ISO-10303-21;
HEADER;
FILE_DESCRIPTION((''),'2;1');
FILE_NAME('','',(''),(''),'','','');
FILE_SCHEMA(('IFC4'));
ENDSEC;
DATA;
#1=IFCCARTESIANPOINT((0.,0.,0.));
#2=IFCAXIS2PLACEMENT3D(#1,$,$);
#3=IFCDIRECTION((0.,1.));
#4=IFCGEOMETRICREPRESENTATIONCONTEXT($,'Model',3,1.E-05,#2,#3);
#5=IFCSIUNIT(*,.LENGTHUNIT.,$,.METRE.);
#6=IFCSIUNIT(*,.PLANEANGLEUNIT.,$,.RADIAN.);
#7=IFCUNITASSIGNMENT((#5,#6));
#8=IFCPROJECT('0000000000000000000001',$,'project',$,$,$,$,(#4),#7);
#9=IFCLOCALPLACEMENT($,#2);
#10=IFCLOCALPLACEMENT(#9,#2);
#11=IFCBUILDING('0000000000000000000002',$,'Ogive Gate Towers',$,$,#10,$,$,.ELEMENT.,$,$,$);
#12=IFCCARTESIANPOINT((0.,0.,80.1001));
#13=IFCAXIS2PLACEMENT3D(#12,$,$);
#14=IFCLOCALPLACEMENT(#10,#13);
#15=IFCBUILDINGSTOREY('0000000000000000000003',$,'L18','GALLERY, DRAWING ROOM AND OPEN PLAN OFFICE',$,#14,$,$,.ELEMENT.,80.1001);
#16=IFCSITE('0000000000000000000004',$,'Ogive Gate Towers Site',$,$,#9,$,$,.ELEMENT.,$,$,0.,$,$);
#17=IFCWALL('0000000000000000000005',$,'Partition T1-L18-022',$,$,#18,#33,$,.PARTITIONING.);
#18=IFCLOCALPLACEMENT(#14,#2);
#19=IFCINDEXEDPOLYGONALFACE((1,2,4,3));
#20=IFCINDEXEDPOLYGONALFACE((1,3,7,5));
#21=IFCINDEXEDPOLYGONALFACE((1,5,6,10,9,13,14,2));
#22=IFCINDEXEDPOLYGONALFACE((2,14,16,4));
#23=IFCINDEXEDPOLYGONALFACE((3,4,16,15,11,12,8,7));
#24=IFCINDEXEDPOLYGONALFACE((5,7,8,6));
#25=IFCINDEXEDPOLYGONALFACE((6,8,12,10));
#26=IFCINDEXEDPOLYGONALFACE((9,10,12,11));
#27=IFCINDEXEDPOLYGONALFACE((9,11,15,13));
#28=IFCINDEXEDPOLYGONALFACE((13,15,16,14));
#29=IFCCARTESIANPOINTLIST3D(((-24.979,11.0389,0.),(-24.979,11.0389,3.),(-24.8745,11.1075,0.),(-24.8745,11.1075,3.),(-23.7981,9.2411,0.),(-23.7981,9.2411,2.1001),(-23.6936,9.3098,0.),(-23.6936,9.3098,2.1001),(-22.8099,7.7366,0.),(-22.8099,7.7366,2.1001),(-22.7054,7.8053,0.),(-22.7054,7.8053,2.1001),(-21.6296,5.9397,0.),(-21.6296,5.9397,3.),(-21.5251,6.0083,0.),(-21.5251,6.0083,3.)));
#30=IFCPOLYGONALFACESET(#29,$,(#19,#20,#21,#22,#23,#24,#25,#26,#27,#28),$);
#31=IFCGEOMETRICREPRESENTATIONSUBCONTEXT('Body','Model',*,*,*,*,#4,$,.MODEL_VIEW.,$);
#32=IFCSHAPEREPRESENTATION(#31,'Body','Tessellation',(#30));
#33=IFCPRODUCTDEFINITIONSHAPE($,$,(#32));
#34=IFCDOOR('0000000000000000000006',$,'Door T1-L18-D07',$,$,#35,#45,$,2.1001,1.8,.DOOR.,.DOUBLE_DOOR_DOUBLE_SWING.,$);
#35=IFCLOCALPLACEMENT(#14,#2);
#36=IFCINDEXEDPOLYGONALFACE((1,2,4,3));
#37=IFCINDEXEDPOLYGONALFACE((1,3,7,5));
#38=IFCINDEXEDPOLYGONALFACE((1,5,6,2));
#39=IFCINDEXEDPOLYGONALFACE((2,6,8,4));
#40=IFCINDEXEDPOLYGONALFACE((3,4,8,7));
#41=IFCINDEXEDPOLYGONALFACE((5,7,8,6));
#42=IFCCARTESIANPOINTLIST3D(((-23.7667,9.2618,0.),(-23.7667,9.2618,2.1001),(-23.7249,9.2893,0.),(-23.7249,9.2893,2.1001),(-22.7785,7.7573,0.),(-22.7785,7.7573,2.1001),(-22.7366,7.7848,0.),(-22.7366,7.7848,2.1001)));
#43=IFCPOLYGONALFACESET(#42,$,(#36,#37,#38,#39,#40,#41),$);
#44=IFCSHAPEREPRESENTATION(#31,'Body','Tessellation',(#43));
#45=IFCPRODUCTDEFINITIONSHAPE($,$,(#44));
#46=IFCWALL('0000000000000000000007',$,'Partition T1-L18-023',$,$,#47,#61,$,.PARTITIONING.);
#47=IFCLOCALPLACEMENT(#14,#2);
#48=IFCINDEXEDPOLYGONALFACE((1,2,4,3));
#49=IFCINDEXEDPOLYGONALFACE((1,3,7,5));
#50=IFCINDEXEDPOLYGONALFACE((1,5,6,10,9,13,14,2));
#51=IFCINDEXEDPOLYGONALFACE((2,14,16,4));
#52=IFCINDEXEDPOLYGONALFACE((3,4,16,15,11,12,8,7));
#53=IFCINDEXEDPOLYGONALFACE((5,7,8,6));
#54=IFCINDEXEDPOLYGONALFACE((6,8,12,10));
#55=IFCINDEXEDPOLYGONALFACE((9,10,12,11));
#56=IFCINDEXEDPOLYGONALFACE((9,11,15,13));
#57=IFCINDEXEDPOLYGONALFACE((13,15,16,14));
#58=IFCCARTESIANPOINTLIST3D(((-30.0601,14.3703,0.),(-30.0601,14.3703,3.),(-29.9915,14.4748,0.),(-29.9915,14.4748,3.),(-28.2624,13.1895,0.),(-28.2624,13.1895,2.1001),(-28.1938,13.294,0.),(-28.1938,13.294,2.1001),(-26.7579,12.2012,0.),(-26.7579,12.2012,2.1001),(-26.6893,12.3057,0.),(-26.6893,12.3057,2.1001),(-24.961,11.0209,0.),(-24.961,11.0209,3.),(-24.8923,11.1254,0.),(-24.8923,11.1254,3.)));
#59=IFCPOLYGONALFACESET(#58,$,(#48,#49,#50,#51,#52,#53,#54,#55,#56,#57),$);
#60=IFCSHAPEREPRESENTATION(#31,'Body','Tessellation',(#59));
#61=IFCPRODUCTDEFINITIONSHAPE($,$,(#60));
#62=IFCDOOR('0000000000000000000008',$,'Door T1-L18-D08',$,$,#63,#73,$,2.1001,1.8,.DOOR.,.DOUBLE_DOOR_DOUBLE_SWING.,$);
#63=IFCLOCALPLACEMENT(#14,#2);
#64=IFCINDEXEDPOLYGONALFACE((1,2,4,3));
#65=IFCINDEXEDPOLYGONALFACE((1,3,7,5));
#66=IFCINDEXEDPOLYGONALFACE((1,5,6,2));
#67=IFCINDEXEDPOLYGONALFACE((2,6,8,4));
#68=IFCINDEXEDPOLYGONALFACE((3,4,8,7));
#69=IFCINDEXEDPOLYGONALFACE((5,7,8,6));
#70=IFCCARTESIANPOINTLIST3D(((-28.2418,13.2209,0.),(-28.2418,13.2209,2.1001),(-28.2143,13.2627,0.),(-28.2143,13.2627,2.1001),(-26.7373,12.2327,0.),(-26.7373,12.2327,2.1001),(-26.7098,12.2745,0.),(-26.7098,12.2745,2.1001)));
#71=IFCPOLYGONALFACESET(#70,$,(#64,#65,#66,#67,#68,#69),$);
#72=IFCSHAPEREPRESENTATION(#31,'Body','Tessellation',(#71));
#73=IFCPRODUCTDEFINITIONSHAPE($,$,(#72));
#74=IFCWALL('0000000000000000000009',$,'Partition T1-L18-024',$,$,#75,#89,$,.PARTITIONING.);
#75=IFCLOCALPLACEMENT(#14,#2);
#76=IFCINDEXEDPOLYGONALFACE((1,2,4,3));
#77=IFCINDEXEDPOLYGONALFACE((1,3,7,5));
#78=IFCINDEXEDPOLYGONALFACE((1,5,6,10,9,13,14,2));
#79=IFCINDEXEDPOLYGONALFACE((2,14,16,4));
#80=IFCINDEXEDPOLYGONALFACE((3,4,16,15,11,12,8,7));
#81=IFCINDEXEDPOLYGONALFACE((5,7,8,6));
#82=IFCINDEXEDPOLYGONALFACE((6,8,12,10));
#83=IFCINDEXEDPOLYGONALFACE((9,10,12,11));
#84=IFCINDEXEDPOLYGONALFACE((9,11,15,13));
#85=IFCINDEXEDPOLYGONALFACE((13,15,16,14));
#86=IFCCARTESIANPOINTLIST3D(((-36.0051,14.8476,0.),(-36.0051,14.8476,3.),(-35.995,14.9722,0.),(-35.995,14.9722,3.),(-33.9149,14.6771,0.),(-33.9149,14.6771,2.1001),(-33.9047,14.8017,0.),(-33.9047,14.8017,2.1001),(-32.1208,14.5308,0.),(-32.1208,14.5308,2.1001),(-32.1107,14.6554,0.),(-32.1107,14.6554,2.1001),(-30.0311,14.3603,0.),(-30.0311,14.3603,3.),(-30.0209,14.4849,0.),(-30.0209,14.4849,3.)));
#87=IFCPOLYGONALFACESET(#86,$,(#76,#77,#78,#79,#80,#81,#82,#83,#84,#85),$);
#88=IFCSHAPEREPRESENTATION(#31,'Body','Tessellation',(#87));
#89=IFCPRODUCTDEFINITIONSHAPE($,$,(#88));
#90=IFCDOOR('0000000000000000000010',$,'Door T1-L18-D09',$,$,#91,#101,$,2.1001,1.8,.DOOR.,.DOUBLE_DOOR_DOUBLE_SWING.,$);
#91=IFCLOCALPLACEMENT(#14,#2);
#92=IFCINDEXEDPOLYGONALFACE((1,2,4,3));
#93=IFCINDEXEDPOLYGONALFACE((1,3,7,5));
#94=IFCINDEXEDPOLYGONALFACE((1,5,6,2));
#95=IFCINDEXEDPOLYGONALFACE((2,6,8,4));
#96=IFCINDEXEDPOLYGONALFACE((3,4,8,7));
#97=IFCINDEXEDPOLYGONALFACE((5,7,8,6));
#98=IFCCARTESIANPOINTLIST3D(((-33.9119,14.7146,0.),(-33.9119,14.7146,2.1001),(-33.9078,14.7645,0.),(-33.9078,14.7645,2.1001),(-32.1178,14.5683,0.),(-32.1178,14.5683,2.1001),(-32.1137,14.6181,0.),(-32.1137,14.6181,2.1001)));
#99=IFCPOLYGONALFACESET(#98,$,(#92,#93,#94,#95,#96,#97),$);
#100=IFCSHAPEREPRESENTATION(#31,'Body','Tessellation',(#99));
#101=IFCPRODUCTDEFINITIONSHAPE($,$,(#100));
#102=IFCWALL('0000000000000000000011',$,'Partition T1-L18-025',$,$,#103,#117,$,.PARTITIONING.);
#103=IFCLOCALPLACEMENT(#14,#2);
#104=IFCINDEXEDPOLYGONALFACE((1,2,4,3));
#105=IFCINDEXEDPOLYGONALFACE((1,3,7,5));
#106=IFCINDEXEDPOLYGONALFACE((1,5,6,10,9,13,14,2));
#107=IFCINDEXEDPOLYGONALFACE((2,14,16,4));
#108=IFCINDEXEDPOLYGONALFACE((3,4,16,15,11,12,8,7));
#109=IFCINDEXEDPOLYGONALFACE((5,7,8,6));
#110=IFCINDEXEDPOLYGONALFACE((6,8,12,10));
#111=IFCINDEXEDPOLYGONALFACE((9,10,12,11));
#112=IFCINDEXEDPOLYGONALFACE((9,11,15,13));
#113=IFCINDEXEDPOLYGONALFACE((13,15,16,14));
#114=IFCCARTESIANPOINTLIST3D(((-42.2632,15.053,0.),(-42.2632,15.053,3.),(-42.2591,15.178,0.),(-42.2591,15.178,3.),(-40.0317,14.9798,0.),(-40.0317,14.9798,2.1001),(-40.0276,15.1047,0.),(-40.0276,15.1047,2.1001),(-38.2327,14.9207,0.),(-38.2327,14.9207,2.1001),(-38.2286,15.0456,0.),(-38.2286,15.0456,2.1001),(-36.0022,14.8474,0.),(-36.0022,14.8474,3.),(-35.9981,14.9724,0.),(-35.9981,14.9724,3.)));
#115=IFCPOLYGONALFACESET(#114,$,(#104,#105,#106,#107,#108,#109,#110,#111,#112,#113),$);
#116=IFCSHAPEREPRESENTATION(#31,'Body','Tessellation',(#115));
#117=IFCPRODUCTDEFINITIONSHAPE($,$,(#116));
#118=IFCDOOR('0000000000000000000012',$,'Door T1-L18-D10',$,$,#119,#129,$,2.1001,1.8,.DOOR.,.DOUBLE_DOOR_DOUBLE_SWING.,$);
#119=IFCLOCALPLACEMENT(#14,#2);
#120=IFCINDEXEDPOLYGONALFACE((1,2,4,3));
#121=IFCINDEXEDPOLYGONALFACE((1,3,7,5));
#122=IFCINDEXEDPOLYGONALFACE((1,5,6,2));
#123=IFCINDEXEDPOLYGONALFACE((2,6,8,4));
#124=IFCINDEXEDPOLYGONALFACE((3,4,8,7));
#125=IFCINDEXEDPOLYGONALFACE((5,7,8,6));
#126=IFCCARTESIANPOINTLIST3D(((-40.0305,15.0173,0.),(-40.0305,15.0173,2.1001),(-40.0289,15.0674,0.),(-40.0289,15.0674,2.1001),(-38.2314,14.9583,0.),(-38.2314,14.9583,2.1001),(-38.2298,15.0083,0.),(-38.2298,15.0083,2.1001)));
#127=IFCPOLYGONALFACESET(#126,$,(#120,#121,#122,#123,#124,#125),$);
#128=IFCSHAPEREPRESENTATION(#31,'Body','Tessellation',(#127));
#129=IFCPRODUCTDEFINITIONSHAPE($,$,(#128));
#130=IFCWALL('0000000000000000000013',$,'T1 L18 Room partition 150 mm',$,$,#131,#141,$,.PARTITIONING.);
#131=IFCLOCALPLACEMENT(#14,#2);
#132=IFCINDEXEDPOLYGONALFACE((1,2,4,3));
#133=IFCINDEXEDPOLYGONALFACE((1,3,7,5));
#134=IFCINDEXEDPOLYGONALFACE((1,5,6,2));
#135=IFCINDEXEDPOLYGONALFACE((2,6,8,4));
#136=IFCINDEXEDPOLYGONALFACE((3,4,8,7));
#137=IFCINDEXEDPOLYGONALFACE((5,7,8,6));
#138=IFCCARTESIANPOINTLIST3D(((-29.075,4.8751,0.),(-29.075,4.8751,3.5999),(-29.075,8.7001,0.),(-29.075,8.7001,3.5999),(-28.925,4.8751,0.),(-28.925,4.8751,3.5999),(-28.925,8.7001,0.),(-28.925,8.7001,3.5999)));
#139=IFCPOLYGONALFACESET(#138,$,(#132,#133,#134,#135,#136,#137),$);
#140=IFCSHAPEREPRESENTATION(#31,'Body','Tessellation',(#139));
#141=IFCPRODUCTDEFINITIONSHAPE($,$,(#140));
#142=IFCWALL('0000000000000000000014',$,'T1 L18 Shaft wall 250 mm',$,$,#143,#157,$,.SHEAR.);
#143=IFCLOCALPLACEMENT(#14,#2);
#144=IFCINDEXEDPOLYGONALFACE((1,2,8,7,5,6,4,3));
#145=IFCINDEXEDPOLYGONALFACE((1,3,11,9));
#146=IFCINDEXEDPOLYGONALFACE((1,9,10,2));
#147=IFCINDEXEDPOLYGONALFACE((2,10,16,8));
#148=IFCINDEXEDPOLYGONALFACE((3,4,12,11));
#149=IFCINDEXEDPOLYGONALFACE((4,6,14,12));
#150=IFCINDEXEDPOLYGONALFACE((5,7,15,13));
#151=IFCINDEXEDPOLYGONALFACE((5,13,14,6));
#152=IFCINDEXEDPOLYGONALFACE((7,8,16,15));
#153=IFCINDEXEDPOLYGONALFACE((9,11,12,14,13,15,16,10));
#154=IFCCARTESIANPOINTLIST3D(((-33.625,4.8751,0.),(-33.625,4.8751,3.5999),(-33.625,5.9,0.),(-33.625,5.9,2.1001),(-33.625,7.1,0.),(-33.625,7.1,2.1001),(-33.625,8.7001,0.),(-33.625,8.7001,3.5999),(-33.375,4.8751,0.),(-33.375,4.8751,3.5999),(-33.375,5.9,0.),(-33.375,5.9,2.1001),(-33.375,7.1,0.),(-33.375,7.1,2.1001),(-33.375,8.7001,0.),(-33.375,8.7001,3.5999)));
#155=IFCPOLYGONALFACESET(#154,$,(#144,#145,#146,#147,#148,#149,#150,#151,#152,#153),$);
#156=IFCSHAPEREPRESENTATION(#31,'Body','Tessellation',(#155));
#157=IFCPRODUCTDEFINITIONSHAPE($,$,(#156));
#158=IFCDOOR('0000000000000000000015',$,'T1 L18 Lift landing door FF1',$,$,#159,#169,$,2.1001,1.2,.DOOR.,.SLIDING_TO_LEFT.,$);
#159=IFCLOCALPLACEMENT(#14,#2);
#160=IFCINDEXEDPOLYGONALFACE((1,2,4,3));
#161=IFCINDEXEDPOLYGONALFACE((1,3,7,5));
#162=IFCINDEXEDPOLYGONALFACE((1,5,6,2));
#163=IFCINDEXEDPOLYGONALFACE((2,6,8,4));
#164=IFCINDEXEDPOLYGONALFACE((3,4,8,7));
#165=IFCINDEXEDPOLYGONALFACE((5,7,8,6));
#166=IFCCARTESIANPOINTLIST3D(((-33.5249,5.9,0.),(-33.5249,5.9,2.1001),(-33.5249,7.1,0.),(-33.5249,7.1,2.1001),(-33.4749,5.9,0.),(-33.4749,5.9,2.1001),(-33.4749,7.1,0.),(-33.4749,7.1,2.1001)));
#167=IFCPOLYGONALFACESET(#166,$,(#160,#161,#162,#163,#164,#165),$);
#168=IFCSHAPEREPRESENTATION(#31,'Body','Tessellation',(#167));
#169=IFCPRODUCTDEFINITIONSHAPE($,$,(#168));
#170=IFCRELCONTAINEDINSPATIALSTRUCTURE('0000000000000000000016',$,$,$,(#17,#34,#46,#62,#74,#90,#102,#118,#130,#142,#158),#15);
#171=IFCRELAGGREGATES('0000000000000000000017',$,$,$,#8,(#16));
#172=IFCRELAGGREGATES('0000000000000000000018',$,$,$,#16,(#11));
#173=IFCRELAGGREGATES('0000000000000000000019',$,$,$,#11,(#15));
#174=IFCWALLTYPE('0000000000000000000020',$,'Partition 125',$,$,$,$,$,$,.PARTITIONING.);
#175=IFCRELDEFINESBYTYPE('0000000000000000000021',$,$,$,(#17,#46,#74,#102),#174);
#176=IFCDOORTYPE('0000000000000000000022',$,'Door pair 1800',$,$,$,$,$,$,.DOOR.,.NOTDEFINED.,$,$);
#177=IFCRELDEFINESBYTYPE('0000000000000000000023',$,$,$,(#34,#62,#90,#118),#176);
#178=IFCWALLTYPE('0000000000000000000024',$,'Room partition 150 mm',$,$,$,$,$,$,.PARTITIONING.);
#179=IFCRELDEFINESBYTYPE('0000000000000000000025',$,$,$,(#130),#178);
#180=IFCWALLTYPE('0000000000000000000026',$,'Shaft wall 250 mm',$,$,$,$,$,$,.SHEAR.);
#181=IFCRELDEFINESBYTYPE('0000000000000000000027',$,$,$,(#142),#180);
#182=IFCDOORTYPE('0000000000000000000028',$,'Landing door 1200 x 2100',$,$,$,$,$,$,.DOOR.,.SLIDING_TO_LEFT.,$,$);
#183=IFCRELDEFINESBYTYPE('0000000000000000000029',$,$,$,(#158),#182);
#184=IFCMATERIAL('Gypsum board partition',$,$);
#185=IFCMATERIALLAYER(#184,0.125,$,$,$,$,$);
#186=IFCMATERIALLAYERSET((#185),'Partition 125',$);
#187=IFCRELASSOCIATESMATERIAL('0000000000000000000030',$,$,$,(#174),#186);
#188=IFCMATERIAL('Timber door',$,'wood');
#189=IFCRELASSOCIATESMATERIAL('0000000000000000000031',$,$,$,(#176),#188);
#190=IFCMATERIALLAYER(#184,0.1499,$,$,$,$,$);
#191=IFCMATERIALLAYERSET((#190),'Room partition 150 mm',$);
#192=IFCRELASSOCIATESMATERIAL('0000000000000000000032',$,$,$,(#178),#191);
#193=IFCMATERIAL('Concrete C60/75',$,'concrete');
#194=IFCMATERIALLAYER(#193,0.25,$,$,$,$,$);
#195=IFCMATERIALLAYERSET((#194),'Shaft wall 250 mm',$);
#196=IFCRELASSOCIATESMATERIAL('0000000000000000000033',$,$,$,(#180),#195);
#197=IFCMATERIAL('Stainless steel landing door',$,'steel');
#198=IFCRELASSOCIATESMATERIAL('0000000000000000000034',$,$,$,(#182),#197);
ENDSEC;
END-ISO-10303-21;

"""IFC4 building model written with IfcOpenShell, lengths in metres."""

from ifc_helpers import new_model, si_unit, direction, frame, frame_2d, origin, place, context, subcontext, project, spatial, rectangle, extrude, material, layer, layer_set, type_object, element, fill, save


model = new_model("IFC4")

# Units and contexts
model_context = context("Model", 3, precision=1e-05, world=origin(), true_north=direction((0.0, 1.0)))
body_context = subcontext(model_context, "Body", "Model", "MODEL_VIEW")
ifc_project = project(units=[si_unit("LENGTHUNIT", "METRE"), si_unit("PLANEANGLEUNIT", "RADIAN")], contexts=[model_context])

# Site, building, storey
site_placement = place(None, origin())
site = spatial("IfcSite", under=ifc_project, at=site_placement, Name="Ogive Gate Towers Site", CompositionType="ELEMENT", RefElevation=0.0)
building_placement = place(site_placement, origin())
building = spatial("IfcBuilding", under=site, at=building_placement, Name="Ogive Gate Towers", CompositionType="ELEMENT")
storey_placement = place(building_placement, frame((0.0, 0.0, 80.1001)))
storey = spatial("IfcBuildingStorey", under=building, at=storey_placement, Name="L18", Description="GALLERY, DRAWING ROOM AND OPEN PLAN OFFICE", CompositionType="ELEMENT", Elevation=80.1001)

# Shared definitions
ifc_material_1 = material(Name="Gypsum board partition")
ifc_layer_1 = layer(ifc_material_1, 0.125)
ifc_layer_set_1 = layer_set([ifc_layer_1], Name="Partition 125")
wall_type_1 = type_object("IfcWallType", Name="Partition 125", PredefinedType="PARTITIONING", material=ifc_layer_set_1)

# Walls, openings, doors
wall_1_placement = place(storey_placement, frame((-21.5774, 5.9741, 0.0), z_axis=(0.0, 0.0, 1.0), x_axis=(-0.549008, 0.835817, 0.0)))
wall_1 = element("IfcWall", 1, at=wall_1_placement, inside=storey, type_object=wall_type_1, Name="Partition T1-L18-022", PredefinedType="PARTITIONING", context=body_context, shape_type="SweptSolid", body=[
    extrude(rectangle(XDim=6.1008, YDim=0.125, at=frame_2d((3.0503, 0.0))), origin(), (0.0, 0.0, 1.0), 3.0),
])
opening_1_placement = place(wall_1_placement, frame((2.1499, 0.0, 0.0)))
opening_1 = element("IfcOpeningElement", 2, at=opening_1_placement, cuts=wall_1, PredefinedType="OPENING", context=body_context, shape_type="SweptSolid", body=[
    extrude(rectangle(XDim=1.8, YDim=2.1001, at=frame_2d((0.8999, 1.05))), frame((0.0, 0.0725, 0.0), z_axis=(0.0, -1.0, 0.0), x_axis=(1.0, 0.0, 0.0)), (0.0, 0.0, 1.0), 0.145),
])
ifc_material_2 = material(Name="Timber door", Category="wood")
door_type_1 = type_object("IfcDoorType", Name="Door pair 1800", OperationType="NOTDEFINED", PredefinedType="DOOR", material=ifc_material_2)
door_1_placement = place(opening_1_placement, origin())
door_1 = element("IfcDoor", 3, at=door_1_placement, inside=storey, type_object=door_type_1, Name="Door T1-L18-D07", OperationType="DOUBLE_DOOR_DOUBLE_SWING", OverallHeight=2.1001, OverallWidth=1.8, PredefinedType="DOOR", context=body_context, shape_type="SweptSolid", body=[
    extrude(rectangle(XDim=1.8, YDim=2.1001, at=frame_2d((0.8999, 1.05))), frame((0.0, 0.0249, 0.0), z_axis=(0.0, -1.0, 0.0), x_axis=(1.0, 0.0, 0.0)), (0.0, 0.0, 1.0), 0.05),
])
fill(opening_1, door_1)
wall_2_placement = place(storey_placement, frame((-24.9268, 11.0732, 0.0), z_axis=(0.0, 0.0, 1.0), x_axis=(-0.835817, 0.549008, 0.0)))
wall_2 = element("IfcWall", 4, at=wall_2_placement, inside=storey, type_object=wall_type_1, Name="Partition T1-L18-023", PredefinedType="PARTITIONING", context=body_context, shape_type="SweptSolid", body=[
    extrude(rectangle(XDim=6.1008, YDim=0.125, at=frame_2d((3.0503, 0.0))), origin(), (0.0, 0.0, 1.0), 3.0),
])
opening_2_placement = place(wall_2_placement, frame((2.1499, 0.0, 0.0)))
opening_2 = element("IfcOpeningElement", 5, at=opening_2_placement, cuts=wall_2, PredefinedType="OPENING", context=body_context, shape_type="SweptSolid", body=[
    extrude(rectangle(XDim=1.8, YDim=2.1001, at=frame_2d((0.8999, 1.05))), frame((0.0, 0.0725, 0.0), z_axis=(0.0, -1.0, 0.0), x_axis=(1.0, 0.0, 0.0)), (0.0, 0.0, 1.0), 0.145),
])
door_2_placement = place(opening_2_placement, origin())
door_2 = element("IfcDoor", 6, at=door_2_placement, inside=storey, type_object=door_type_1, Name="Door T1-L18-D08", OperationType="DOUBLE_DOOR_DOUBLE_SWING", OverallHeight=2.1001, OverallWidth=1.8, PredefinedType="DOOR", context=body_context, shape_type="SweptSolid", body=[
    extrude(rectangle(XDim=1.8, YDim=2.1001, at=frame_2d((0.8999, 1.05))), frame((0.0, 0.0249, 0.0), z_axis=(0.0, -1.0, 0.0), x_axis=(1.0, 0.0, 0.0)), (0.0, 0.0, 1.0), 0.05),
])
fill(opening_2, door_2)
wall_3_placement = place(storey_placement, frame((-30.0259, 14.4226, 0.0), z_axis=(0.0, 0.0, 1.0), x_axis=(-0.99669, 0.081299, 0.0)))
wall_3 = element("IfcWall", 7, at=wall_3_placement, inside=storey, type_object=wall_type_1, Name="Partition T1-L18-024", PredefinedType="PARTITIONING", context=body_context, shape_type="SweptSolid", body=[
    extrude(rectangle(XDim=5.9939, YDim=0.125, at=frame_2d((2.9971, 0.0))), origin(), (0.0, 0.0, 1.0), 3.0),
])
opening_3_placement = place(wall_3_placement, frame((2.0969, 0.0, 0.0)))
opening_3 = element("IfcOpeningElement", 8, at=opening_3_placement, cuts=wall_3, PredefinedType="OPENING", context=body_context, shape_type="SweptSolid", body=[
    extrude(rectangle(XDim=1.8, YDim=2.1001, at=frame_2d((0.8999, 1.05))), frame((0.0, 0.0725, 0.0), z_axis=(0.0, -1.0, 0.0), x_axis=(1.0, 0.0, 0.0)), (0.0, 0.0, 1.0), 0.145),
])
door_3_placement = place(opening_3_placement, origin())
door_3 = element("IfcDoor", 9, at=door_3_placement, inside=storey, type_object=door_type_1, Name="Door T1-L18-D09", OperationType="DOUBLE_DOOR_DOUBLE_SWING", OverallHeight=2.1001, OverallWidth=1.8, PredefinedType="DOOR", context=body_context, shape_type="SweptSolid", body=[
    extrude(rectangle(XDim=1.8, YDim=2.1001, at=frame_2d((0.8999, 1.05))), frame((0.0, 0.0249, 0.0), z_axis=(0.0, -1.0, 0.0), x_axis=(1.0, 0.0, 0.0)), (0.0, 0.0, 1.0), 0.05),
])
fill(opening_3, door_3)
wall_4_placement = place(storey_placement, frame((-36.0, 14.9099, 0.0), z_axis=(0.0, 0.0, 1.0), x_axis=(-0.999461, 0.032815, 0.0)))
wall_4 = element("IfcWall", 10, at=wall_4_placement, inside=storey, type_object=wall_type_1, Name="Partition T1-L18-025", PredefinedType="PARTITIONING", context=body_context, shape_type="SweptSolid", body=[
    extrude(rectangle(XDim=6.2644, YDim=0.125, at=frame_2d((3.1323, 0.0))), origin(), (0.0, 0.0, 1.0), 3.0),
])
opening_4_placement = place(wall_4_placement, frame((2.2319, 0.0, 0.0)))
opening_4 = element("IfcOpeningElement", 11, at=opening_4_placement, cuts=wall_4, PredefinedType="OPENING", context=body_context, shape_type="SweptSolid", body=[
    extrude(rectangle(XDim=1.8, YDim=2.1001, at=frame_2d((0.8999, 1.05))), frame((0.0, 0.0725, 0.0), z_axis=(0.0, -1.0, 0.0), x_axis=(1.0, 0.0, 0.0)), (0.0, 0.0, 1.0), 0.145),
])
door_4_placement = place(opening_4_placement, origin())
door_4 = element("IfcDoor", 12, at=door_4_placement, inside=storey, type_object=door_type_1, Name="Door T1-L18-D10", OperationType="DOUBLE_DOOR_DOUBLE_SWING", OverallHeight=2.1001, OverallWidth=1.8, PredefinedType="DOOR", context=body_context, shape_type="SweptSolid", body=[
    extrude(rectangle(XDim=1.8, YDim=2.1001, at=frame_2d((0.8999, 1.05))), frame((0.0, 0.0249, 0.0), z_axis=(0.0, -1.0, 0.0), x_axis=(1.0, 0.0, 0.0)), (0.0, 0.0, 1.0), 0.05),
])
fill(opening_4, door_4)

# Wall
ifc_layer_2 = layer(ifc_material_1, 0.1499)
ifc_layer_set_2 = layer_set([ifc_layer_2], Name="Room partition 150 mm")
wall_type_2 = type_object("IfcWallType", Name="Room partition 150 mm", PredefinedType="PARTITIONING", material=ifc_layer_set_2)
wall_5_placement = place(storey_placement, frame((-29.0, 4.875, 0.0), z_axis=(0.0, 0.0, 1.0), x_axis=(0.0, 1.0, 0.0)))
element("IfcWall", 13, at=wall_5_placement, inside=storey, type_object=wall_type_2, Name="T1 L18 Room partition 150 mm", PredefinedType="PARTITIONING", context=body_context, shape_type="SweptSolid", body=[
    extrude(rectangle(XDim=3.825, YDim=0.1499, at=frame_2d((1.9126, 0.0))), origin(), (0.0, 0.0, 1.0), 3.5999),
])

# Wall, opening, door
ifc_material_3 = material(Name="Concrete C60/75", Category="concrete")
ifc_layer_3 = layer(ifc_material_3, 0.25)
ifc_layer_set_3 = layer_set([ifc_layer_3], Name="Shaft wall 250 mm")
wall_type_3 = type_object("IfcWallType", Name="Shaft wall 250 mm", PredefinedType="SHEAR", material=ifc_layer_set_3)
wall_6_placement = place(storey_placement, frame((-33.5, 4.875, 0.0), z_axis=(0.0, 0.0, 1.0), x_axis=(0.0, 1.0, 0.0)))
wall_6 = element("IfcWall", 14, at=wall_6_placement, inside=storey, type_object=wall_type_3, Name="T1 L18 Shaft wall 250 mm", PredefinedType="SHEAR", context=body_context, shape_type="SweptSolid", body=[
    extrude(rectangle(XDim=3.825, YDim=0.25, at=frame_2d((1.9126, 0.0))), origin(), (0.0, 0.0, 1.0), 3.5999),
])
opening_5_placement = place(wall_6_placement, frame((1.0249, 0.0, 0.0)))
opening_5 = element("IfcOpeningElement", 15, at=opening_5_placement, cuts=wall_6, PredefinedType="OPENING", context=body_context, shape_type="SweptSolid", body=[
    extrude(rectangle(XDim=1.2, YDim=2.1001, at=frame_2d((0.6001, 1.05))), frame((0.0, 0.135, 0.0), z_axis=(0.0, -1.0, 0.0), x_axis=(1.0, 0.0, 0.0)), (0.0, 0.0, 1.0), 0.27),
])
ifc_material_4 = material(Name="Stainless steel landing door", Category="steel")
door_type_2 = type_object("IfcDoorType", Name="Landing door 1200 x 2100", OperationType="SLIDING_TO_LEFT", PredefinedType="DOOR", material=ifc_material_4)
door_5_placement = place(opening_5_placement, origin())
door_5 = element("IfcDoor", 16, at=door_5_placement, inside=storey, type_object=door_type_2, Name="T1 L18 Lift landing door FF1", OperationType="SLIDING_TO_LEFT", OverallHeight=2.1001, OverallWidth=1.2, PredefinedType="DOOR", context=body_context, shape_type="SweptSolid", body=[
    extrude(rectangle(XDim=1.2, YDim=2.1001, at=frame_2d((0.6001, 1.05))), frame((0.0, 0.0249, 0.0), z_axis=(0.0, -1.0, 0.0), x_axis=(1.0, 0.0, 0.0)), (0.0, 0.0, 1.0), 0.05),
])
fill(opening_5, door_5)

save(model, "model.ifc")
